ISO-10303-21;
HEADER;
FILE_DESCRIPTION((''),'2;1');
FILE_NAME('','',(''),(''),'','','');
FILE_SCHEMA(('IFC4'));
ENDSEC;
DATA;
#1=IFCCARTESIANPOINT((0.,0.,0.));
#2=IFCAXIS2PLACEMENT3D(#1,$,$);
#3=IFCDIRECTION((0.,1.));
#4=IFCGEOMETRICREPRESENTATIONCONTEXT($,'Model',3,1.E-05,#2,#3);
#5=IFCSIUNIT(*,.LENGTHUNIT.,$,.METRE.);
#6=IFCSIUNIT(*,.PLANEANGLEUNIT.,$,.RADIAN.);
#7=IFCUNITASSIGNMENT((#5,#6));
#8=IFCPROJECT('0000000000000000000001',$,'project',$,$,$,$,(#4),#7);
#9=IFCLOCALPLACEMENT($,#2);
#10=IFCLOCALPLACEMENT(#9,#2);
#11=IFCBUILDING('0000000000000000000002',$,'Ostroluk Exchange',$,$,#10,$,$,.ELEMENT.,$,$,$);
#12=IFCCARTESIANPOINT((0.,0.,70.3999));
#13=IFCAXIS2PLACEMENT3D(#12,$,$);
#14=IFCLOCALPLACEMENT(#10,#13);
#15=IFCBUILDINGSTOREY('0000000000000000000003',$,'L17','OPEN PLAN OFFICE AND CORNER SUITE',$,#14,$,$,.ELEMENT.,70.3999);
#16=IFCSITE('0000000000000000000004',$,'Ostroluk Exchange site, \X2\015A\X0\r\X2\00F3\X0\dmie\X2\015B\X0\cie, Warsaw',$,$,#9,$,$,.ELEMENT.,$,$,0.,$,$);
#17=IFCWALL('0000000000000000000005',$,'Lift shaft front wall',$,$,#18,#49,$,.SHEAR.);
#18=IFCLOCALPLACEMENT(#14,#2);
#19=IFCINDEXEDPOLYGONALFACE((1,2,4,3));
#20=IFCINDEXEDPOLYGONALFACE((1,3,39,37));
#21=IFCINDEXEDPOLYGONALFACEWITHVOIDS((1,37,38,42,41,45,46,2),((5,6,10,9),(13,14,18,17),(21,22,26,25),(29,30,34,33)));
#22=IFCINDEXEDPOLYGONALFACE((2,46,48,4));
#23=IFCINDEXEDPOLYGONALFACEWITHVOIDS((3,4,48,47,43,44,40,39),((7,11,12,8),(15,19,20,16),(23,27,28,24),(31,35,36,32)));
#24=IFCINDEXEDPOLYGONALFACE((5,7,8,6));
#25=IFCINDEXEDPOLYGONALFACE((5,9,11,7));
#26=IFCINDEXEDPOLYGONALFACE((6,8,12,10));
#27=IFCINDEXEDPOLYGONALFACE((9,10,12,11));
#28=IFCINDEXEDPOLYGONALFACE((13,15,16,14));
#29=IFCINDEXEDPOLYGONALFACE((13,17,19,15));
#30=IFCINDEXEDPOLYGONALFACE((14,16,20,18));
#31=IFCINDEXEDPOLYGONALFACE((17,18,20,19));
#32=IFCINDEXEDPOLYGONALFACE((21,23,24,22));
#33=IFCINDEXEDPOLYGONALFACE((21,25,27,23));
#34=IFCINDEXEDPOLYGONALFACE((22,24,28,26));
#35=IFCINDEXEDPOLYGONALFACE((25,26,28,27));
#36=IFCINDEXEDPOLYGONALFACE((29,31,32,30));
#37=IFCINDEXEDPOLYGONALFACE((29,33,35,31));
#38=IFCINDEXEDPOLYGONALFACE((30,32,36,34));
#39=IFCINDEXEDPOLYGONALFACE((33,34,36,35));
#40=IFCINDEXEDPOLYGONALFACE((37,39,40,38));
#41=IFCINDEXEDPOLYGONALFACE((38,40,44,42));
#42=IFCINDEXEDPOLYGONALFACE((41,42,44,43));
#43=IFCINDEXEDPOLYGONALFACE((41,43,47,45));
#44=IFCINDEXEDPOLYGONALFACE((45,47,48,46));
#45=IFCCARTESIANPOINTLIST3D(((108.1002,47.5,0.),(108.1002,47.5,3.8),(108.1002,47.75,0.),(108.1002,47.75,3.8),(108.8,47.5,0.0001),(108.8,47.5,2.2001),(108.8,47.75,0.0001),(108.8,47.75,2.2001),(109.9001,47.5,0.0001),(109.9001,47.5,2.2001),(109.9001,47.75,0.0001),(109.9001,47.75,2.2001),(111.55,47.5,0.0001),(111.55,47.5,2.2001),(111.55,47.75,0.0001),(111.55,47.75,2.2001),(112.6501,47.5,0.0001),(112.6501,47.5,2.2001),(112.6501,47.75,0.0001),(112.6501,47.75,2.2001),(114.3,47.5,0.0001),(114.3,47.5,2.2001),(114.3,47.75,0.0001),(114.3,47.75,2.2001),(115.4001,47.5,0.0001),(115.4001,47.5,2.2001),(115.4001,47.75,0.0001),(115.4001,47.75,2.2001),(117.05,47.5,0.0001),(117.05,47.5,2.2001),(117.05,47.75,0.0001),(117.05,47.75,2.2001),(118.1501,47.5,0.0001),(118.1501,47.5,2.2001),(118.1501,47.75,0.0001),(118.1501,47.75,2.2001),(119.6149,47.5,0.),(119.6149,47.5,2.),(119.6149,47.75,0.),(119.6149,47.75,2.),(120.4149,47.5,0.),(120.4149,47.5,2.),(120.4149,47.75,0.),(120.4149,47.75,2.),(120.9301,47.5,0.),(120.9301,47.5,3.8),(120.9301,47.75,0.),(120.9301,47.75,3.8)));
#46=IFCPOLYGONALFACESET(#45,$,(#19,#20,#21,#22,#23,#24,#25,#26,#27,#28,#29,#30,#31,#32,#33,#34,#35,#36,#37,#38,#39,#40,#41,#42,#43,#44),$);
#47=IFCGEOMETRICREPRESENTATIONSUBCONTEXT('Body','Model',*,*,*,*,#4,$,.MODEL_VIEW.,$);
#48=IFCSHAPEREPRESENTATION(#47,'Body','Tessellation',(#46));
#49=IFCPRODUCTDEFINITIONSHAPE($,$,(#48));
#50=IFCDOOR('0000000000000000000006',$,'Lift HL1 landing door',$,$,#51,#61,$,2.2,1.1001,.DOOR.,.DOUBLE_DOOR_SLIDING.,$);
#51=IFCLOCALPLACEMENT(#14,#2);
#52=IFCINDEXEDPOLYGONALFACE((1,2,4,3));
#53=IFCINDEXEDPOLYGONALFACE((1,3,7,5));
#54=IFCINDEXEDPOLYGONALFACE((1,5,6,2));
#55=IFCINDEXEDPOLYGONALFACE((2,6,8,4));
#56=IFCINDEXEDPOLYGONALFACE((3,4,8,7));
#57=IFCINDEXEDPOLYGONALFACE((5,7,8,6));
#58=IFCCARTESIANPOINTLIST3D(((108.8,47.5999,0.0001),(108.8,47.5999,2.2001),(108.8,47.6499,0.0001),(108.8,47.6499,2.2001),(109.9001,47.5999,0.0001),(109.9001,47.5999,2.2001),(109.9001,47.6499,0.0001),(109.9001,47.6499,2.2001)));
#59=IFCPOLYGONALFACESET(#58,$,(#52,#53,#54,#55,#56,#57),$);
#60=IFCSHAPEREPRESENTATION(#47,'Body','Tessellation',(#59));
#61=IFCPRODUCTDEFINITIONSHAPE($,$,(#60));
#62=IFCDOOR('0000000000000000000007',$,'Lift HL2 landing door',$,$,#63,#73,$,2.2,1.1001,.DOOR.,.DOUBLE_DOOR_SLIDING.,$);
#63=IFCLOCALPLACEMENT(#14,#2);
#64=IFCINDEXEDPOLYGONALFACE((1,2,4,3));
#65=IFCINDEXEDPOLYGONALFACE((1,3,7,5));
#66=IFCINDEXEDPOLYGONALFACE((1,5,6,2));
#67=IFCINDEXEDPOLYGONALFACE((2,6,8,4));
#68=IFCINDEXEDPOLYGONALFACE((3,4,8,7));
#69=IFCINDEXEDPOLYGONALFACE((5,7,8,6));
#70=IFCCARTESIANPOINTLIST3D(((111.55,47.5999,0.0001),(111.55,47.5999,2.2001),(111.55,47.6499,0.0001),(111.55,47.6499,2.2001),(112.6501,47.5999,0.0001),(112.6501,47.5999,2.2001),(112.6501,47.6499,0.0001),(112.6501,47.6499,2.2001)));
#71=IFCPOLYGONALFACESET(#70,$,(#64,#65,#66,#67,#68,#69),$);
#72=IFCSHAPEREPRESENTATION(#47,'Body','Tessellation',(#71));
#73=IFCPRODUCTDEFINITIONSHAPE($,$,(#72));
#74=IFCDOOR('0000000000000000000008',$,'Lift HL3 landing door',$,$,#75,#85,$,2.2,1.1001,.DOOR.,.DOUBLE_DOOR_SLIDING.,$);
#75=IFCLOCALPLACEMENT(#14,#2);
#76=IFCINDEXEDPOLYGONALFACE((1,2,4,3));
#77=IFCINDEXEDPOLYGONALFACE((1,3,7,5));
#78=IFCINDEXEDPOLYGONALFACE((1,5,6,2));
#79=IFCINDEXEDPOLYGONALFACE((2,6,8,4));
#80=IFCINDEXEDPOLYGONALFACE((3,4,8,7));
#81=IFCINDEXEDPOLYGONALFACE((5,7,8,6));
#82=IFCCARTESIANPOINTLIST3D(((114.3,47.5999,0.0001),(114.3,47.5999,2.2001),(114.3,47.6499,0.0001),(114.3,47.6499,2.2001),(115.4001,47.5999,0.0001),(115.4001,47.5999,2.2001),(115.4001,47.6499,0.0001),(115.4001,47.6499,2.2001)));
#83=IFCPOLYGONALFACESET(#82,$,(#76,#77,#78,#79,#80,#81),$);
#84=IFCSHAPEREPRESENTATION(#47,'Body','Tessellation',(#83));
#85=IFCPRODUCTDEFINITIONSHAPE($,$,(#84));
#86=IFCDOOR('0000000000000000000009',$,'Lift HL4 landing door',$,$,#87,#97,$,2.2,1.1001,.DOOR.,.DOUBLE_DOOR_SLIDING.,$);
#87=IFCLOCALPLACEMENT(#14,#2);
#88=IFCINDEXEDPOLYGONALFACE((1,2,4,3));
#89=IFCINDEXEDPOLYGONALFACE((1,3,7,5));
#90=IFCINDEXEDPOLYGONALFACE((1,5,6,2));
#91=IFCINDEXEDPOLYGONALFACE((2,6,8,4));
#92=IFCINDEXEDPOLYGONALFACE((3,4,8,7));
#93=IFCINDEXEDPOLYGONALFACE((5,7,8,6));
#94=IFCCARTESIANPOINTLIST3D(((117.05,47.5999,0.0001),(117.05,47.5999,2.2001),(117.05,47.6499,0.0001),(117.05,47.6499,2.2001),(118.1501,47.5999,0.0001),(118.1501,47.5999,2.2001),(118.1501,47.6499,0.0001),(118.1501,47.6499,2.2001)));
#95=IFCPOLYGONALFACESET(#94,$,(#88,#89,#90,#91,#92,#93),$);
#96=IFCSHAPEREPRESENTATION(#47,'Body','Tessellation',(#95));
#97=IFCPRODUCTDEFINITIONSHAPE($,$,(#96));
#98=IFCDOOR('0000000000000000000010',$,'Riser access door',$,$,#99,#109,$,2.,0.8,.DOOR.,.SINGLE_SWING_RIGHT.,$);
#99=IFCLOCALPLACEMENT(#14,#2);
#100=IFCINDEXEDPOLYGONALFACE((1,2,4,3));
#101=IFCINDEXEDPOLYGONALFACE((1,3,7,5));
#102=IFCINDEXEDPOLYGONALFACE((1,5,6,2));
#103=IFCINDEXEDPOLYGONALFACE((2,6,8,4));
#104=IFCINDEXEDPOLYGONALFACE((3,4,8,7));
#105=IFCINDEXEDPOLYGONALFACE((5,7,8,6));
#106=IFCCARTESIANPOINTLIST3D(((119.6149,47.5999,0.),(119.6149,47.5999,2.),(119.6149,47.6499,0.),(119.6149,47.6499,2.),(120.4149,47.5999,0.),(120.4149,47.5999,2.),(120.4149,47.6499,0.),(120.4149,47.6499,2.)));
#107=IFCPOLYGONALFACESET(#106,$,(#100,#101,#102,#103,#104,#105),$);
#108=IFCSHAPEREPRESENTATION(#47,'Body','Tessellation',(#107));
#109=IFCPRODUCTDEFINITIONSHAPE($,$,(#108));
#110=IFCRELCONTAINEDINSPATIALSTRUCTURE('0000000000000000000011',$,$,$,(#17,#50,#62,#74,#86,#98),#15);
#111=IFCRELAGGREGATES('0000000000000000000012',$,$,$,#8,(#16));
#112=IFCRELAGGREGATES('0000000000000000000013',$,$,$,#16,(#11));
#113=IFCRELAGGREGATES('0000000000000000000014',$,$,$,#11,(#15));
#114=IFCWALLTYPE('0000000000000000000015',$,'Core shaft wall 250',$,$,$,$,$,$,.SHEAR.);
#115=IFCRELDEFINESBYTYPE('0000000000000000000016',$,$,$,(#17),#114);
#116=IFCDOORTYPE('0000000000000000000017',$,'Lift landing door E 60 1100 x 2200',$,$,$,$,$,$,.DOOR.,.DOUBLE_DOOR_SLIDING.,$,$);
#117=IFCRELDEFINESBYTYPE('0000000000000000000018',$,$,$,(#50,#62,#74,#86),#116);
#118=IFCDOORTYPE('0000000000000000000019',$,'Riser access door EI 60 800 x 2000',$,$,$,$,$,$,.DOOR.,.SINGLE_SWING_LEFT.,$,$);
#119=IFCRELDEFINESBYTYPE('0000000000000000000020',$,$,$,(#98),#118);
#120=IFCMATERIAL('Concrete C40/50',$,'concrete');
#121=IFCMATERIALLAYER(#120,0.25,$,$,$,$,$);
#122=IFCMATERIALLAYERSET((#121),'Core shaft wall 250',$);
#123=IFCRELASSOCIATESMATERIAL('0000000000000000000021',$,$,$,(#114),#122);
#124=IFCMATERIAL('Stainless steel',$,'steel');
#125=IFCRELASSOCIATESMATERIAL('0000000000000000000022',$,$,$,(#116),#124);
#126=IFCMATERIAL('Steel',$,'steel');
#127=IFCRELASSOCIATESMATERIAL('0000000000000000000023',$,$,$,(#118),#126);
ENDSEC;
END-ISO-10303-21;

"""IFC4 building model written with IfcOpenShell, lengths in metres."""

from ifc_helpers import new_model, si_unit, direction, frame, frame_2d, origin, place, context, subcontext, project, spatial, rectangle, extrude, material, layer, layer_set, type_object, element, fill, save


model = new_model("IFC4")

# Units and contexts
model_context = context("Model", 3, precision=1e-05, world=origin(), true_north=direction((0.0, 1.0)))
body_context = subcontext(model_context, "Body", "Model", "MODEL_VIEW")
ifc_project = project(units=[si_unit("LENGTHUNIT", "METRE"), si_unit("PLANEANGLEUNIT", "RADIAN")], contexts=[model_context])

# Site, building, storey
site_placement = place(None, origin())
site = spatial("IfcSite", under=ifc_project, at=site_placement, Name="Ostroluk Exchange site, Śródmieście, Warsaw", CompositionType="ELEMENT", RefElevation=0.0)
building_placement = place(site_placement, origin())
building = spatial("IfcBuilding", under=site, at=building_placement, Name="Ostroluk Exchange", CompositionType="ELEMENT")
storey_placement = place(building_placement, frame((0.0, 0.0, 70.3999)))
storey = spatial("IfcBuildingStorey", under=building, at=storey_placement, Name="L17", Description="OPEN PLAN OFFICE AND CORNER SUITE", CompositionType="ELEMENT", Elevation=70.3999)

# Shared definitions
ifc_material_1 = material(Name="Concrete C40/50", Category="concrete")
ifc_layer_1 = layer(ifc_material_1, 0.25)
ifc_layer_set_1 = layer_set([ifc_layer_1], Name="Core shaft wall 250")
wall_type_1 = type_object("IfcWallType", Name="Core shaft wall 250", PredefinedType="SHEAR", material=ifc_layer_set_1)

# Wall, openings, doors
wall_1_placement = place(storey_placement, frame((108.1001, 47.625, 0.0), z_axis=(0.0, 0.0, 1.0), x_axis=(1.0, 0.0, 0.0)))
wall_1 = element("IfcWall", 1, at=wall_1_placement, inside=storey, type_object=wall_type_1, Name="Lift shaft front wall", PredefinedType="SHEAR", context=body_context, shape_type="SweptSolid", body=[
    extrude(rectangle(XDim=12.8298, YDim=0.25, at=frame_2d((6.415, 0.0))), origin(), (0.0, 0.0, 1.0), 3.8),
])
opening_1_placement = place(wall_1_placement, frame((0.7, 0.0, 0.0)))
opening_1 = element("IfcOpeningElement", 2, at=opening_1_placement, cuts=wall_1, PredefinedType="OPENING", context=body_context, shape_type="SweptSolid", body=[
    extrude(rectangle(XDim=1.1001, YDim=2.2, at=frame_2d((0.55, 1.1001))), frame((0.0, 0.135, 0.0), z_axis=(0.0, -1.0, 0.0), x_axis=(1.0, 0.0, 0.0)), (0.0, 0.0, 1.0), 0.27),
])
opening_2_placement = place(wall_1_placement, frame((3.45, 0.0, 0.0)))
opening_2 = element("IfcOpeningElement", 3, at=opening_2_placement, cuts=wall_1, PredefinedType="OPENING", context=body_context, shape_type="SweptSolid", body=[
    extrude(rectangle(XDim=1.1001, YDim=2.2, at=frame_2d((0.55, 1.1001))), frame((0.0, 0.135, 0.0), z_axis=(0.0, -1.0, 0.0), x_axis=(1.0, 0.0, 0.0)), (0.0, 0.0, 1.0), 0.27),
])
opening_3_placement = place(wall_1_placement, frame((6.2, 0.0, 0.0)))
opening_3 = element("IfcOpeningElement", 4, at=opening_3_placement, cuts=wall_1, PredefinedType="OPENING", context=body_context, shape_type="SweptSolid", body=[
    extrude(rectangle(XDim=1.1001, YDim=2.2, at=frame_2d((0.55, 1.1001))), frame((0.0, 0.135, 0.0), z_axis=(0.0, -1.0, 0.0), x_axis=(1.0, 0.0, 0.0)), (0.0, 0.0, 1.0), 0.27),
])
opening_4_placement = place(wall_1_placement, frame((8.95, 0.0, 0.0)))
opening_4 = element("IfcOpeningElement", 5, at=opening_4_placement, cuts=wall_1, PredefinedType="OPENING", context=body_context, shape_type="SweptSolid", body=[
    extrude(rectangle(XDim=1.1001, YDim=2.2, at=frame_2d((0.55, 1.1001))), frame((0.0, 0.135, 0.0), z_axis=(0.0, -1.0, 0.0), x_axis=(1.0, 0.0, 0.0)), (0.0, 0.0, 1.0), 0.27),
])
opening_5_placement = place(wall_1_placement, frame((11.5149, 0.0, 0.0)))
opening_5 = element("IfcOpeningElement", 6, at=opening_5_placement, cuts=wall_1, PredefinedType="OPENING", context=body_context, shape_type="SweptSolid", body=[
    extrude(rectangle(XDim=0.8, YDim=2.0, at=frame_2d((0.3999, 1.0))), frame((0.0, 0.135, 0.0), z_axis=(0.0, -1.0, 0.0), x_axis=(1.0, 0.0, 0.0)), (0.0, 0.0, 1.0), 0.27),
])
ifc_material_2 = material(Name="Stainless steel", Category="steel")
door_type_1 = type_object("IfcDoorType", Name="Lift landing door E 60 1100 x 2200", OperationType="DOUBLE_DOOR_SLIDING", PredefinedType="DOOR", material=ifc_material_2)
door_1_placement = place(opening_1_placement, origin())
door_1 = element("IfcDoor", 7, at=door_1_placement, inside=storey, type_object=door_type_1, Name="Lift HL1 landing door", OperationType="DOUBLE_DOOR_SLIDING", OverallHeight=2.2, OverallWidth=1.1001, PredefinedType="DOOR", context=body_context, shape_type="SweptSolid", body=[
    extrude(rectangle(XDim=1.1001, YDim=2.2, at=frame_2d((0.55, 1.1001))), frame((0.0, 0.0249, 0.0), z_axis=(0.0, -1.0, 0.0), x_axis=(1.0, 0.0, 0.0)), (0.0, 0.0, 1.0), 0.05),
])
fill(opening_1, door_1)
door_2_placement = place(opening_2_placement, origin())
door_2 = element("IfcDoor", 8, at=door_2_placement, inside=storey, type_object=door_type_1, Name="Lift HL2 landing door", OperationType="DOUBLE_DOOR_SLIDING", OverallHeight=2.2, OverallWidth=1.1001, PredefinedType="DOOR", context=body_context, shape_type="SweptSolid", body=[
    extrude(rectangle(XDim=1.1001, YDim=2.2, at=frame_2d((0.55, 1.1001))), frame((0.0, 0.0249, 0.0), z_axis=(0.0, -1.0, 0.0), x_axis=(1.0, 0.0, 0.0)), (0.0, 0.0, 1.0), 0.05),
])
fill(opening_2, door_2)
door_3_placement = place(opening_3_placement, origin())
door_3 = element("IfcDoor", 9, at=door_3_placement, inside=storey, type_object=door_type_1, Name="Lift HL3 landing door", OperationType="DOUBLE_DOOR_SLIDING", OverallHeight=2.2, OverallWidth=1.1001, PredefinedType="DOOR", context=body_context, shape_type="SweptSolid", body=[
    extrude(rectangle(XDim=1.1001, YDim=2.2, at=frame_2d((0.55, 1.1001))), frame((0.0, 0.0249, 0.0), z_axis=(0.0, -1.0, 0.0), x_axis=(1.0, 0.0, 0.0)), (0.0, 0.0, 1.0), 0.05),
])
fill(opening_3, door_3)
door_4_placement = place(opening_4_placement, origin())
door_4 = element("IfcDoor", 10, at=door_4_placement, inside=storey, type_object=door_type_1, Name="Lift HL4 landing door", OperationType="DOUBLE_DOOR_SLIDING", OverallHeight=2.2, OverallWidth=1.1001, PredefinedType="DOOR", context=body_context, shape_type="SweptSolid", body=[
    extrude(rectangle(XDim=1.1001, YDim=2.2, at=frame_2d((0.55, 1.1001))), frame((0.0, 0.0249, 0.0), z_axis=(0.0, -1.0, 0.0), x_axis=(1.0, 0.0, 0.0)), (0.0, 0.0, 1.0), 0.05),
])
fill(opening_4, door_4)
ifc_material_3 = material(Name="Steel", Category="steel")
door_type_2 = type_object("IfcDoorType", Name="Riser access door EI 60 800 x 2000", OperationType="SINGLE_SWING_LEFT", PredefinedType="DOOR", material=ifc_material_3)
door_5_placement = place(opening_5_placement, origin())
door_5 = element("IfcDoor", 11, at=door_5_placement, inside=storey, type_object=door_type_2, Name="Riser access door", OperationType="SINGLE_SWING_RIGHT", OverallHeight=2.0, OverallWidth=0.8, PredefinedType="DOOR", context=body_context, shape_type="SweptSolid", body=[
    extrude(rectangle(XDim=0.8, YDim=2.0, at=frame_2d((0.3999, 1.0))), frame((0.0, 0.0249, 0.0), z_axis=(0.0, -1.0, 0.0), x_axis=(1.0, 0.0, 0.0)), (0.0, 0.0, 1.0), 0.05),
])
fill(opening_5, door_5)

save(model, "model.ifc")
